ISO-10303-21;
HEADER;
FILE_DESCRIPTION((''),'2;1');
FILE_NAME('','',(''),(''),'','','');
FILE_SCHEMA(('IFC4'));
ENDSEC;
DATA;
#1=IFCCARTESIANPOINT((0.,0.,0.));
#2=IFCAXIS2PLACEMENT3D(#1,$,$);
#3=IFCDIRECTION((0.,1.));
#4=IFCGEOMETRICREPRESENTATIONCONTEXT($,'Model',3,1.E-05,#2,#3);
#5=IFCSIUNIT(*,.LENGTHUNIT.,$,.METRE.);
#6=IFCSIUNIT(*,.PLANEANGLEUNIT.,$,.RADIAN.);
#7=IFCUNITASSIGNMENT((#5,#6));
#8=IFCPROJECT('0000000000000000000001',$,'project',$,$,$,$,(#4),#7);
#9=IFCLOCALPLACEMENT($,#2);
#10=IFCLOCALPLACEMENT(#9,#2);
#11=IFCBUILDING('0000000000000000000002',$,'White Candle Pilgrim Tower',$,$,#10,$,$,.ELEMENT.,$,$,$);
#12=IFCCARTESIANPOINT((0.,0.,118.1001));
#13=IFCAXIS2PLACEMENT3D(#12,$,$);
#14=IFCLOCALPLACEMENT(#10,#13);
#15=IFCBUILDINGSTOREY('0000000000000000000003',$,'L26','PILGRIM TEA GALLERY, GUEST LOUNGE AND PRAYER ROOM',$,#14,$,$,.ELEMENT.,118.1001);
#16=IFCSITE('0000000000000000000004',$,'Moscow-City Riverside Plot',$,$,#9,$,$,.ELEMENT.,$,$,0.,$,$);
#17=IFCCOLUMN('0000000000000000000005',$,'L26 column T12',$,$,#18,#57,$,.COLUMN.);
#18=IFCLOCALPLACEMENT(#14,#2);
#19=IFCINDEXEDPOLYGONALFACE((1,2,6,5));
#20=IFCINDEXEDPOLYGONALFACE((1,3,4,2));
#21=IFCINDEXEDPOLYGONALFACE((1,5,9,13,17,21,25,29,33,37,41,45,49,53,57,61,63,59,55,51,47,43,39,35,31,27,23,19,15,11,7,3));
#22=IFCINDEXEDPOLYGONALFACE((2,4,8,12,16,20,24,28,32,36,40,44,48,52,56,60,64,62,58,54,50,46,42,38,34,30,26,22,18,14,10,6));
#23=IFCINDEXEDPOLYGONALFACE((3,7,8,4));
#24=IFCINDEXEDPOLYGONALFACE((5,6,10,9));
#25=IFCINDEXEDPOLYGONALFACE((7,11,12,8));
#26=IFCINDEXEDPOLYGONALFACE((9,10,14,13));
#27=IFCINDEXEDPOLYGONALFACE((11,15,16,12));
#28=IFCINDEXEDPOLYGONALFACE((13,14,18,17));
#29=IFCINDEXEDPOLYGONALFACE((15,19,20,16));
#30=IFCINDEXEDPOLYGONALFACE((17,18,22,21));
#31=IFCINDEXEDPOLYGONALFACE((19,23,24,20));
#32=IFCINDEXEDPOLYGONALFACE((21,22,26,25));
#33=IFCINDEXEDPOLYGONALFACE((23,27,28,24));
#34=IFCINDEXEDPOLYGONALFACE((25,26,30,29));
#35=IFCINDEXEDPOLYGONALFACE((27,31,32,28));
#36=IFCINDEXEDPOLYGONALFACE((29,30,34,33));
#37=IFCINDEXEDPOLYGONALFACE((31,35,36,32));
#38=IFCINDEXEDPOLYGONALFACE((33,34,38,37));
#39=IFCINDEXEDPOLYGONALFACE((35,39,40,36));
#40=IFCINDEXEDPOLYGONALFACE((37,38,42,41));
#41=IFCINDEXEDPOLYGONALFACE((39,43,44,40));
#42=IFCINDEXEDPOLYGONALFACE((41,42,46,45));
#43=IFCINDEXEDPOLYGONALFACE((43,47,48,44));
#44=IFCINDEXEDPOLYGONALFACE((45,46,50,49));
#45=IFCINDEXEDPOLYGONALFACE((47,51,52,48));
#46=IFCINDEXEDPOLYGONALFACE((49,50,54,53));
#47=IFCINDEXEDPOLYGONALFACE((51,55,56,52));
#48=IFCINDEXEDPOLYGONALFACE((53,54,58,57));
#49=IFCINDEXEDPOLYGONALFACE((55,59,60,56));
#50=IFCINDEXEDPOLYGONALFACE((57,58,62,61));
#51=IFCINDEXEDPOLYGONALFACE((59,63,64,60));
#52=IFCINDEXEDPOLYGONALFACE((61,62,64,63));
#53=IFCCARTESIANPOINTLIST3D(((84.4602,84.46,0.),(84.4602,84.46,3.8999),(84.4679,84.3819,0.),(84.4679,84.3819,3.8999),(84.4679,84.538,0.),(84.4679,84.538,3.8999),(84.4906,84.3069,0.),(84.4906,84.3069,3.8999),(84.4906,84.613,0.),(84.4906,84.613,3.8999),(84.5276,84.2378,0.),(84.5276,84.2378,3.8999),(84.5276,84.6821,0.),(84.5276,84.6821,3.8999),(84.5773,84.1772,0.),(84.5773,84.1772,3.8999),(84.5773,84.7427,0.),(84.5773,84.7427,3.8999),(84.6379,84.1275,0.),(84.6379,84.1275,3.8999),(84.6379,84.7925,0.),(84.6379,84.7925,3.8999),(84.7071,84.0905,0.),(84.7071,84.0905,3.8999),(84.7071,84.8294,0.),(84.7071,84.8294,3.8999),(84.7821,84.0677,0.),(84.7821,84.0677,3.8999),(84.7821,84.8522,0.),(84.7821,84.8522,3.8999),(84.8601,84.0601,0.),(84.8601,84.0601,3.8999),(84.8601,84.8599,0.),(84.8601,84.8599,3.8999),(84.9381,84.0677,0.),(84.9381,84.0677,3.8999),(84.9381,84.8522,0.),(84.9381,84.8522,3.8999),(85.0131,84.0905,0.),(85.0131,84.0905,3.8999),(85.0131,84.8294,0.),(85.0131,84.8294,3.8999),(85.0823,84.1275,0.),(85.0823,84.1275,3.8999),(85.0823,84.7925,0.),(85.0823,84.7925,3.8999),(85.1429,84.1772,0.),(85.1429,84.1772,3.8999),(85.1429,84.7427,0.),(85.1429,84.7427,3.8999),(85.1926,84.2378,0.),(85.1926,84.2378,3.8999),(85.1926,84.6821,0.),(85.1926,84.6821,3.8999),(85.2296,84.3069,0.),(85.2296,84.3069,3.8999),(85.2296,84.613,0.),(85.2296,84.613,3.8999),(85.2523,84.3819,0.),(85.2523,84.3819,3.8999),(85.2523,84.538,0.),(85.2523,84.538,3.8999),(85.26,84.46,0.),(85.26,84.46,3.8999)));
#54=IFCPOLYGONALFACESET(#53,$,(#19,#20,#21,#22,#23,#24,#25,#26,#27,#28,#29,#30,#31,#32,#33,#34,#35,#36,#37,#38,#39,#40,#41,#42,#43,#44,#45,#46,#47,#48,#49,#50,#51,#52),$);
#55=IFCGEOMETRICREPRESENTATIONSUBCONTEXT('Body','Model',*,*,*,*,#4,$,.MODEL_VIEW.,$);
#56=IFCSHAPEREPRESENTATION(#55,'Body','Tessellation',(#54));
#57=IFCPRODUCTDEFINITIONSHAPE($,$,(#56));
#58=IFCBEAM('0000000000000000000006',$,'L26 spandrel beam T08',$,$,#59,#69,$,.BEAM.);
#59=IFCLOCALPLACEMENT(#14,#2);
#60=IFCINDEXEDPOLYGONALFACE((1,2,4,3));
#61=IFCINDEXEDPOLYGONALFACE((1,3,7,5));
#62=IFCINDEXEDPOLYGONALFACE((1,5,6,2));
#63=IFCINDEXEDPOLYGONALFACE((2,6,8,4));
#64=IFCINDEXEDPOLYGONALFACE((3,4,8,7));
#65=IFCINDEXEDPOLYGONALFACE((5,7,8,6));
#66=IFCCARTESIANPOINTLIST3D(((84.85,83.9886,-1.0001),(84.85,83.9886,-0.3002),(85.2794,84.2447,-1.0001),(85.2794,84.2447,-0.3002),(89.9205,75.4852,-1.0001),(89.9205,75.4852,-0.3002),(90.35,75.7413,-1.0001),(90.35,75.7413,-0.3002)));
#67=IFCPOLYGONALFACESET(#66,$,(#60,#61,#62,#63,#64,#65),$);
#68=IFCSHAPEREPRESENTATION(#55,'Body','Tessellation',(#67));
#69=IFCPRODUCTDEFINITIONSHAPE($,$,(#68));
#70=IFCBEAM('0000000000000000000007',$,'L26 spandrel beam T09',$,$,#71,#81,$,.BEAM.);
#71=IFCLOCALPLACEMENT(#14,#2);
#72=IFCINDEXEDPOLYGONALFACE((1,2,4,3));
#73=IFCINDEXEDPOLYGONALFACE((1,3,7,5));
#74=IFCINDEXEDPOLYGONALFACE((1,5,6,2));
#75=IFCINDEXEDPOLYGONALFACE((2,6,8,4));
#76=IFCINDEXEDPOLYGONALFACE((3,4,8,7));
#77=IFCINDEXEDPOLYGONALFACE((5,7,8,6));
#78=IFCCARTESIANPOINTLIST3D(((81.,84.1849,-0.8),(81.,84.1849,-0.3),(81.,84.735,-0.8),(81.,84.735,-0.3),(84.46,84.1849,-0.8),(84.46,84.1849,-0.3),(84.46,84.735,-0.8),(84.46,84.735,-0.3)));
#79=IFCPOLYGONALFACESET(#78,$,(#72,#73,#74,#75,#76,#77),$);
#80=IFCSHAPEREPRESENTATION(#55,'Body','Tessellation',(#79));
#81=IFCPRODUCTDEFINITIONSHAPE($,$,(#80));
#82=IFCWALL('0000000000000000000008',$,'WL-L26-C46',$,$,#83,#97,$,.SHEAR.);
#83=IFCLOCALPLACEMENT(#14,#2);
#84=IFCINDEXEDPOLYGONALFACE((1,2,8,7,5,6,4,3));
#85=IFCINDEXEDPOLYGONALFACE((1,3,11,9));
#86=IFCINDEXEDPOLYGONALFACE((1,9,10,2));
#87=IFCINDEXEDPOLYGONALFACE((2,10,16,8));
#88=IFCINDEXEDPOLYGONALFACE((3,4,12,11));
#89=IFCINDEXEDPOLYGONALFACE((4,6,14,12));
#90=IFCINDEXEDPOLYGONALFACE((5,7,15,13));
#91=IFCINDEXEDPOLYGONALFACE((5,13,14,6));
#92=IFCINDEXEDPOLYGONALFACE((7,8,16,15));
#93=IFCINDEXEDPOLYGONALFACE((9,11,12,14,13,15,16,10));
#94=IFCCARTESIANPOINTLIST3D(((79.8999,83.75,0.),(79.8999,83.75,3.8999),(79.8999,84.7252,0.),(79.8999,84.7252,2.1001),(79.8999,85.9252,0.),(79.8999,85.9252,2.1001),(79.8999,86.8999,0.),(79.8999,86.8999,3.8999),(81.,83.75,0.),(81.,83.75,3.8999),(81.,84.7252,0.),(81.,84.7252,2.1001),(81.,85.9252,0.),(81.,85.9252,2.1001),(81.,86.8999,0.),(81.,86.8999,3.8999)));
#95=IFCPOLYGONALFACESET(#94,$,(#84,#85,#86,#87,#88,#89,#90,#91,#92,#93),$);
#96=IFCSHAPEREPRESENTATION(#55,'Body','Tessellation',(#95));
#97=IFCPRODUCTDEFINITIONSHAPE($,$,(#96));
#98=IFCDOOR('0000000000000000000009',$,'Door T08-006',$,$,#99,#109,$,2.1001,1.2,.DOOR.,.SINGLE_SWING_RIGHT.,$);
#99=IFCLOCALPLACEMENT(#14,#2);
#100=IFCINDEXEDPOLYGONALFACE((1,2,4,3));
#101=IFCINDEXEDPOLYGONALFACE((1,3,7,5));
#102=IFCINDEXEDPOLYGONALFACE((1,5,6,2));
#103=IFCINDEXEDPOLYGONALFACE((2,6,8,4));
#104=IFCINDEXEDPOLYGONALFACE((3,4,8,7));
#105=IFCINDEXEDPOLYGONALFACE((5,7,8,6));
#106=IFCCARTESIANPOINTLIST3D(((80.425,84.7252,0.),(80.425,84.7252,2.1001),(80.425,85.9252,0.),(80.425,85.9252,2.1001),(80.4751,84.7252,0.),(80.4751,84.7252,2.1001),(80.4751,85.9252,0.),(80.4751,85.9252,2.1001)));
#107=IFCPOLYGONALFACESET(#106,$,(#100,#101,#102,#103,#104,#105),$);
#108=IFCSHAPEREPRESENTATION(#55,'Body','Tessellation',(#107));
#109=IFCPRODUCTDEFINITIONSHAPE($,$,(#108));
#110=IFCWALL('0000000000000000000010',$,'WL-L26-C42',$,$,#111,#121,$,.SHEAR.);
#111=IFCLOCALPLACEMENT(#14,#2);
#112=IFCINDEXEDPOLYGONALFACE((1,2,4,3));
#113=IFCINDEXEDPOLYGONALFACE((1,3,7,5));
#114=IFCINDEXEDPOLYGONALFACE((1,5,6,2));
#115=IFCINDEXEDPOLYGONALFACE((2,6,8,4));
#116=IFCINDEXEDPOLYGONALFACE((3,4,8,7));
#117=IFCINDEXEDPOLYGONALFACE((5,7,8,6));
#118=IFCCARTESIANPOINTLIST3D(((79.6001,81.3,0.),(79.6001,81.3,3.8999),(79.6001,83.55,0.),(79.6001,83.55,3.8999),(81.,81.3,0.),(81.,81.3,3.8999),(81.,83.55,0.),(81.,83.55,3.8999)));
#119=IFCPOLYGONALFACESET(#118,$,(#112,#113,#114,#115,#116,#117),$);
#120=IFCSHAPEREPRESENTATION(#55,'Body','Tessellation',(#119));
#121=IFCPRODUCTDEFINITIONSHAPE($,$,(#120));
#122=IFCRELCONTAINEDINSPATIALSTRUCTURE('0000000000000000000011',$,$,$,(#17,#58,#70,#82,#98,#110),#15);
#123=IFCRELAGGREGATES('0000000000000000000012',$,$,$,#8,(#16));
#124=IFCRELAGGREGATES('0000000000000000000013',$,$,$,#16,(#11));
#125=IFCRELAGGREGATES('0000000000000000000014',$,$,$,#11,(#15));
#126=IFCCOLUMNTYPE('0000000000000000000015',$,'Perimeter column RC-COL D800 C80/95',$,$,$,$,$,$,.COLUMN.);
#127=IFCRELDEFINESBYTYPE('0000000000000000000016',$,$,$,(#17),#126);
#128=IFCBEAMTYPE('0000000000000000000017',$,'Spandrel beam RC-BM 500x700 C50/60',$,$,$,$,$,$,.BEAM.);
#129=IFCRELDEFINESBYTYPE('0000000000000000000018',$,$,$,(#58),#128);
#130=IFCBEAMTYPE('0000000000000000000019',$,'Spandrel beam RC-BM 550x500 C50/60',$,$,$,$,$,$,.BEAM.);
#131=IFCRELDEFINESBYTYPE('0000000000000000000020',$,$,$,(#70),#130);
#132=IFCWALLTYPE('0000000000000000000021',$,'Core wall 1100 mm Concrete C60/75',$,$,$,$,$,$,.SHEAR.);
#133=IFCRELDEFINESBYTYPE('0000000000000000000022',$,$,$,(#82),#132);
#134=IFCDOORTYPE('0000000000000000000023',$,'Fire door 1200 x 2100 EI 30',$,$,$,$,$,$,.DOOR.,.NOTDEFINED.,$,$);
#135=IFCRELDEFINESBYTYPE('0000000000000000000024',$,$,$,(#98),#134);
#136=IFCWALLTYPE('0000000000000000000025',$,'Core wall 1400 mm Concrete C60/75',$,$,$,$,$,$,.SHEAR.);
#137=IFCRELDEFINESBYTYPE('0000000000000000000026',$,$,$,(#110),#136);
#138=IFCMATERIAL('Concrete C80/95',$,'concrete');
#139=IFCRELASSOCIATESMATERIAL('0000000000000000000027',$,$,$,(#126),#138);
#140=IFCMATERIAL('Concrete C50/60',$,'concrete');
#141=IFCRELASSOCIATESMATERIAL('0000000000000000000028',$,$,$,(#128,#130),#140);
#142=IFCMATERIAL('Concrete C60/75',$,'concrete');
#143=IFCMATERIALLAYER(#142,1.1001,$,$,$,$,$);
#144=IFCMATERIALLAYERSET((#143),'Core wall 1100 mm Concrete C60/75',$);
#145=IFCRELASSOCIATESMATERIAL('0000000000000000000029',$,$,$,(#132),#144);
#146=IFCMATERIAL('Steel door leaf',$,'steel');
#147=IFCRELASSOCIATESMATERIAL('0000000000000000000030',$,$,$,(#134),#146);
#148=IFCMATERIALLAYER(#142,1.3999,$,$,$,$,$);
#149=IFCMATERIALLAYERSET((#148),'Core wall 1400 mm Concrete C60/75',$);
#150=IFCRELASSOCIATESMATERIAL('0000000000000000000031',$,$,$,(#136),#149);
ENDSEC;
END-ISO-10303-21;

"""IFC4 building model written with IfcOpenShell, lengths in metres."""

from ifc_helpers import new_model, si_unit, direction, frame, frame_2d, origin, origin_2d, place, context, subcontext, project, spatial, rectangle, circle, extrude, material, layer, layer_set, material_profile, profile_set, type_object, element, fill, save


model = new_model("IFC4")

# Units and contexts
model_context = context("Model", 3, precision=1e-05, world=origin(), true_north=direction((0.0, 1.0)))
body_context = subcontext(model_context, "Body", "Model", "MODEL_VIEW")
ifc_project = project(units=[si_unit("LENGTHUNIT", "METRE"), si_unit("PLANEANGLEUNIT", "RADIAN")], contexts=[model_context])

# Site, building, storey
site_placement = place(None, origin())
site = spatial("IfcSite", under=ifc_project, at=site_placement, Name="Moscow-City Riverside Plot", CompositionType="ELEMENT", RefElevation=0.0)
building_placement = place(site_placement, origin())
building = spatial("IfcBuilding", under=site, at=building_placement, Name="White Candle Pilgrim Tower", CompositionType="ELEMENT")
storey_placement = place(building_placement, frame((0.0, 0.0, 118.1001)))
storey = spatial("IfcBuildingStorey", under=building, at=storey_placement, Name="L26", Description="PILGRIM TEA GALLERY, GUEST LOUNGE AND PRAYER ROOM", CompositionType="ELEMENT", Elevation=118.1001)

# Column
ifc_material_1 = material(Name="Concrete C80/95", Category="concrete")
ifc_material_profile_1 = material_profile(ifc_material_1, circle(Radius=0.3999, at=origin_2d()), Name="RC-COL D800")
ifc_profile_set_1 = profile_set([ifc_material_profile_1], Name="Concrete C80/95")
column_type = type_object("IfcColumnType", Name="Perimeter column RC-COL D800 C80/95", PredefinedType="COLUMN", material=ifc_profile_set_1)
column_placement = place(storey_placement, frame((84.8601, 84.46, 0.0), z_axis=(0.0, 0.0, 1.0), x_axis=(1.0, 0.0, 0.0)))
element("IfcColumn", 1, at=column_placement, inside=storey, type_object=column_type, Name="L26 column T12", PredefinedType="COLUMN", context=body_context, shape_type="SweptSolid", body=[
    extrude(circle(Radius=0.3999, at=origin_2d()), origin(), (0.0, 0.0, 1.0), 3.8999),
])

# Beams
ifc_material_2 = material(Name="Concrete C50/60", Category="concrete")
ifc_material_profile_2 = material_profile(ifc_material_2, rectangle(XDim=0.5, YDim=0.7, at=origin_2d()), Name="RC-BM 500x700")
ifc_profile_set_2 = profile_set([ifc_material_profile_2], Name="Concrete C50/60")
beam_type_1 = type_object("IfcBeamType", Name="Spandrel beam RC-BM 500x700 C50/60", PredefinedType="BEAM", material=ifc_profile_set_2)
beam_1_placement = place(storey_placement, frame((90.1353, 75.6133, -0.6501), z_axis=(-0.512155, 0.858893, 0.0), x_axis=(-0.858893, -0.512155, 0.0)))
element("IfcBeam", 2, at=beam_1_placement, inside=storey, type_object=beam_type_1, Name="L26 spandrel beam T08", PredefinedType="BEAM", context=body_context, shape_type="SweptSolid", body=[
    extrude(rectangle(XDim=0.5, YDim=0.7, at=origin_2d()), origin(), (0.0, 0.0, 1.0), 9.9004),
])
ifc_material_profile_3 = material_profile(ifc_material_2, rectangle(XDim=0.55, YDim=0.5, at=origin_2d()), Name="RC-BM 550x500")
ifc_profile_set_3 = profile_set([ifc_material_profile_3], Name="Concrete C50/60")
beam_type_2 = type_object("IfcBeamType", Name="Spandrel beam RC-BM 550x500 C50/60", PredefinedType="BEAM", material=ifc_profile_set_3)
beam_2_placement = place(storey_placement, frame((84.46, 84.46, -0.55), z_axis=(-1.0, 0.0, 0.0), x_axis=(0.0, -1.0, 0.0)))
element("IfcBeam", 3, at=beam_2_placement, inside=storey, type_object=beam_type_2, Name="L26 spandrel beam T09", PredefinedType="BEAM", context=body_context, shape_type="SweptSolid", body=[
    extrude(rectangle(XDim=0.55, YDim=0.5, at=origin_2d()), origin(), (0.0, 0.0, 1.0), 3.46),
])

# Wall, opening, door
ifc_material_3 = material(Name="Concrete C60/75", Category="concrete")
ifc_layer_1 = layer(ifc_material_3, 1.1001)
ifc_layer_set_1 = layer_set([ifc_layer_1], Name="Core wall 1100 mm Concrete C60/75")
wall_type_1 = type_object("IfcWallType", Name="Core wall 1100 mm Concrete C60/75", PredefinedType="SHEAR", material=ifc_layer_set_1)
wall_1_placement = place(storey_placement, frame((80.45, 83.75, 0.0), z_axis=(0.0, 0.0, 1.0), x_axis=(0.0, 1.0, 0.0)))
wall_1 = element("IfcWall", 4, at=wall_1_placement, inside=storey, type_object=wall_type_1, Name="WL-L26-C46", PredefinedType="SHEAR", context=body_context, shape_type="SweptSolid", body=[
    extrude(rectangle(XDim=3.1499, YDim=1.1001, at=frame_2d((1.575, 0.0))), origin(), (0.0, 0.0, 1.0), 3.8999),
])
opening_1_placement = place(wall_1_placement, frame((0.9751, 0.0, 0.0)))
opening_1 = element("IfcOpeningElement", 5, at=opening_1_placement, cuts=wall_1, PredefinedType="OPENING", context=body_context, shape_type="SweptSolid", body=[
    extrude(rectangle(XDim=1.2, YDim=2.1001, at=frame_2d((0.6001, 1.05))), frame((0.0, 0.5601, 0.0), z_axis=(0.0, -1.0, 0.0), x_axis=(1.0, 0.0, 0.0)), (0.0, 0.0, 1.0), 1.1201),
])
ifc_material_4 = material(Name="Steel door leaf", Category="steel")
door_type_1 = type_object("IfcDoorType", Name="Fire door 1200 x 2100 EI 30", OperationType="NOTDEFINED", PredefinedType="DOOR", material=ifc_material_4)
door_1_placement = place(opening_1_placement, origin())
door_1 = element("IfcDoor", 6, at=door_1_placement, inside=storey, type_object=door_type_1, Name="Door T08-006", OperationType="SINGLE_SWING_RIGHT", OverallHeight=2.1001, OverallWidth=1.2, PredefinedType="DOOR", context=body_context, shape_type="SweptSolid", body=[
    extrude(rectangle(XDim=1.2, YDim=2.1001, at=frame_2d((0.6001, 1.05))), frame((0.0, 0.0249, 0.0), z_axis=(0.0, -1.0, 0.0), x_axis=(1.0, 0.0, 0.0)), (0.0, 0.0, 1.0), 0.05),
])
fill(opening_1, door_1)

# Wall
ifc_layer_2 = layer(ifc_material_3, 1.3999)
ifc_layer_set_2 = layer_set([ifc_layer_2], Name="Core wall 1400 mm Concrete C60/75")
wall_type_2 = type_object("IfcWallType", Name="Core wall 1400 mm Concrete C60/75", PredefinedType="SHEAR", material=ifc_layer_set_2)
wall_2_placement = place(storey_placement, frame((80.3, 81.3, 0.0), z_axis=(0.0, 0.0, 1.0), x_axis=(0.0, 1.0, 0.0)))
element("IfcWall", 7, at=wall_2_placement, inside=storey, type_object=wall_type_2, Name="WL-L26-C42", PredefinedType="SHEAR", context=body_context, shape_type="SweptSolid", body=[
    extrude(rectangle(XDim=2.25, YDim=1.3999, at=frame_2d((1.125, 0.0))), origin(), (0.0, 0.0, 1.0), 3.8999),
])

save(model, "model.ifc")
